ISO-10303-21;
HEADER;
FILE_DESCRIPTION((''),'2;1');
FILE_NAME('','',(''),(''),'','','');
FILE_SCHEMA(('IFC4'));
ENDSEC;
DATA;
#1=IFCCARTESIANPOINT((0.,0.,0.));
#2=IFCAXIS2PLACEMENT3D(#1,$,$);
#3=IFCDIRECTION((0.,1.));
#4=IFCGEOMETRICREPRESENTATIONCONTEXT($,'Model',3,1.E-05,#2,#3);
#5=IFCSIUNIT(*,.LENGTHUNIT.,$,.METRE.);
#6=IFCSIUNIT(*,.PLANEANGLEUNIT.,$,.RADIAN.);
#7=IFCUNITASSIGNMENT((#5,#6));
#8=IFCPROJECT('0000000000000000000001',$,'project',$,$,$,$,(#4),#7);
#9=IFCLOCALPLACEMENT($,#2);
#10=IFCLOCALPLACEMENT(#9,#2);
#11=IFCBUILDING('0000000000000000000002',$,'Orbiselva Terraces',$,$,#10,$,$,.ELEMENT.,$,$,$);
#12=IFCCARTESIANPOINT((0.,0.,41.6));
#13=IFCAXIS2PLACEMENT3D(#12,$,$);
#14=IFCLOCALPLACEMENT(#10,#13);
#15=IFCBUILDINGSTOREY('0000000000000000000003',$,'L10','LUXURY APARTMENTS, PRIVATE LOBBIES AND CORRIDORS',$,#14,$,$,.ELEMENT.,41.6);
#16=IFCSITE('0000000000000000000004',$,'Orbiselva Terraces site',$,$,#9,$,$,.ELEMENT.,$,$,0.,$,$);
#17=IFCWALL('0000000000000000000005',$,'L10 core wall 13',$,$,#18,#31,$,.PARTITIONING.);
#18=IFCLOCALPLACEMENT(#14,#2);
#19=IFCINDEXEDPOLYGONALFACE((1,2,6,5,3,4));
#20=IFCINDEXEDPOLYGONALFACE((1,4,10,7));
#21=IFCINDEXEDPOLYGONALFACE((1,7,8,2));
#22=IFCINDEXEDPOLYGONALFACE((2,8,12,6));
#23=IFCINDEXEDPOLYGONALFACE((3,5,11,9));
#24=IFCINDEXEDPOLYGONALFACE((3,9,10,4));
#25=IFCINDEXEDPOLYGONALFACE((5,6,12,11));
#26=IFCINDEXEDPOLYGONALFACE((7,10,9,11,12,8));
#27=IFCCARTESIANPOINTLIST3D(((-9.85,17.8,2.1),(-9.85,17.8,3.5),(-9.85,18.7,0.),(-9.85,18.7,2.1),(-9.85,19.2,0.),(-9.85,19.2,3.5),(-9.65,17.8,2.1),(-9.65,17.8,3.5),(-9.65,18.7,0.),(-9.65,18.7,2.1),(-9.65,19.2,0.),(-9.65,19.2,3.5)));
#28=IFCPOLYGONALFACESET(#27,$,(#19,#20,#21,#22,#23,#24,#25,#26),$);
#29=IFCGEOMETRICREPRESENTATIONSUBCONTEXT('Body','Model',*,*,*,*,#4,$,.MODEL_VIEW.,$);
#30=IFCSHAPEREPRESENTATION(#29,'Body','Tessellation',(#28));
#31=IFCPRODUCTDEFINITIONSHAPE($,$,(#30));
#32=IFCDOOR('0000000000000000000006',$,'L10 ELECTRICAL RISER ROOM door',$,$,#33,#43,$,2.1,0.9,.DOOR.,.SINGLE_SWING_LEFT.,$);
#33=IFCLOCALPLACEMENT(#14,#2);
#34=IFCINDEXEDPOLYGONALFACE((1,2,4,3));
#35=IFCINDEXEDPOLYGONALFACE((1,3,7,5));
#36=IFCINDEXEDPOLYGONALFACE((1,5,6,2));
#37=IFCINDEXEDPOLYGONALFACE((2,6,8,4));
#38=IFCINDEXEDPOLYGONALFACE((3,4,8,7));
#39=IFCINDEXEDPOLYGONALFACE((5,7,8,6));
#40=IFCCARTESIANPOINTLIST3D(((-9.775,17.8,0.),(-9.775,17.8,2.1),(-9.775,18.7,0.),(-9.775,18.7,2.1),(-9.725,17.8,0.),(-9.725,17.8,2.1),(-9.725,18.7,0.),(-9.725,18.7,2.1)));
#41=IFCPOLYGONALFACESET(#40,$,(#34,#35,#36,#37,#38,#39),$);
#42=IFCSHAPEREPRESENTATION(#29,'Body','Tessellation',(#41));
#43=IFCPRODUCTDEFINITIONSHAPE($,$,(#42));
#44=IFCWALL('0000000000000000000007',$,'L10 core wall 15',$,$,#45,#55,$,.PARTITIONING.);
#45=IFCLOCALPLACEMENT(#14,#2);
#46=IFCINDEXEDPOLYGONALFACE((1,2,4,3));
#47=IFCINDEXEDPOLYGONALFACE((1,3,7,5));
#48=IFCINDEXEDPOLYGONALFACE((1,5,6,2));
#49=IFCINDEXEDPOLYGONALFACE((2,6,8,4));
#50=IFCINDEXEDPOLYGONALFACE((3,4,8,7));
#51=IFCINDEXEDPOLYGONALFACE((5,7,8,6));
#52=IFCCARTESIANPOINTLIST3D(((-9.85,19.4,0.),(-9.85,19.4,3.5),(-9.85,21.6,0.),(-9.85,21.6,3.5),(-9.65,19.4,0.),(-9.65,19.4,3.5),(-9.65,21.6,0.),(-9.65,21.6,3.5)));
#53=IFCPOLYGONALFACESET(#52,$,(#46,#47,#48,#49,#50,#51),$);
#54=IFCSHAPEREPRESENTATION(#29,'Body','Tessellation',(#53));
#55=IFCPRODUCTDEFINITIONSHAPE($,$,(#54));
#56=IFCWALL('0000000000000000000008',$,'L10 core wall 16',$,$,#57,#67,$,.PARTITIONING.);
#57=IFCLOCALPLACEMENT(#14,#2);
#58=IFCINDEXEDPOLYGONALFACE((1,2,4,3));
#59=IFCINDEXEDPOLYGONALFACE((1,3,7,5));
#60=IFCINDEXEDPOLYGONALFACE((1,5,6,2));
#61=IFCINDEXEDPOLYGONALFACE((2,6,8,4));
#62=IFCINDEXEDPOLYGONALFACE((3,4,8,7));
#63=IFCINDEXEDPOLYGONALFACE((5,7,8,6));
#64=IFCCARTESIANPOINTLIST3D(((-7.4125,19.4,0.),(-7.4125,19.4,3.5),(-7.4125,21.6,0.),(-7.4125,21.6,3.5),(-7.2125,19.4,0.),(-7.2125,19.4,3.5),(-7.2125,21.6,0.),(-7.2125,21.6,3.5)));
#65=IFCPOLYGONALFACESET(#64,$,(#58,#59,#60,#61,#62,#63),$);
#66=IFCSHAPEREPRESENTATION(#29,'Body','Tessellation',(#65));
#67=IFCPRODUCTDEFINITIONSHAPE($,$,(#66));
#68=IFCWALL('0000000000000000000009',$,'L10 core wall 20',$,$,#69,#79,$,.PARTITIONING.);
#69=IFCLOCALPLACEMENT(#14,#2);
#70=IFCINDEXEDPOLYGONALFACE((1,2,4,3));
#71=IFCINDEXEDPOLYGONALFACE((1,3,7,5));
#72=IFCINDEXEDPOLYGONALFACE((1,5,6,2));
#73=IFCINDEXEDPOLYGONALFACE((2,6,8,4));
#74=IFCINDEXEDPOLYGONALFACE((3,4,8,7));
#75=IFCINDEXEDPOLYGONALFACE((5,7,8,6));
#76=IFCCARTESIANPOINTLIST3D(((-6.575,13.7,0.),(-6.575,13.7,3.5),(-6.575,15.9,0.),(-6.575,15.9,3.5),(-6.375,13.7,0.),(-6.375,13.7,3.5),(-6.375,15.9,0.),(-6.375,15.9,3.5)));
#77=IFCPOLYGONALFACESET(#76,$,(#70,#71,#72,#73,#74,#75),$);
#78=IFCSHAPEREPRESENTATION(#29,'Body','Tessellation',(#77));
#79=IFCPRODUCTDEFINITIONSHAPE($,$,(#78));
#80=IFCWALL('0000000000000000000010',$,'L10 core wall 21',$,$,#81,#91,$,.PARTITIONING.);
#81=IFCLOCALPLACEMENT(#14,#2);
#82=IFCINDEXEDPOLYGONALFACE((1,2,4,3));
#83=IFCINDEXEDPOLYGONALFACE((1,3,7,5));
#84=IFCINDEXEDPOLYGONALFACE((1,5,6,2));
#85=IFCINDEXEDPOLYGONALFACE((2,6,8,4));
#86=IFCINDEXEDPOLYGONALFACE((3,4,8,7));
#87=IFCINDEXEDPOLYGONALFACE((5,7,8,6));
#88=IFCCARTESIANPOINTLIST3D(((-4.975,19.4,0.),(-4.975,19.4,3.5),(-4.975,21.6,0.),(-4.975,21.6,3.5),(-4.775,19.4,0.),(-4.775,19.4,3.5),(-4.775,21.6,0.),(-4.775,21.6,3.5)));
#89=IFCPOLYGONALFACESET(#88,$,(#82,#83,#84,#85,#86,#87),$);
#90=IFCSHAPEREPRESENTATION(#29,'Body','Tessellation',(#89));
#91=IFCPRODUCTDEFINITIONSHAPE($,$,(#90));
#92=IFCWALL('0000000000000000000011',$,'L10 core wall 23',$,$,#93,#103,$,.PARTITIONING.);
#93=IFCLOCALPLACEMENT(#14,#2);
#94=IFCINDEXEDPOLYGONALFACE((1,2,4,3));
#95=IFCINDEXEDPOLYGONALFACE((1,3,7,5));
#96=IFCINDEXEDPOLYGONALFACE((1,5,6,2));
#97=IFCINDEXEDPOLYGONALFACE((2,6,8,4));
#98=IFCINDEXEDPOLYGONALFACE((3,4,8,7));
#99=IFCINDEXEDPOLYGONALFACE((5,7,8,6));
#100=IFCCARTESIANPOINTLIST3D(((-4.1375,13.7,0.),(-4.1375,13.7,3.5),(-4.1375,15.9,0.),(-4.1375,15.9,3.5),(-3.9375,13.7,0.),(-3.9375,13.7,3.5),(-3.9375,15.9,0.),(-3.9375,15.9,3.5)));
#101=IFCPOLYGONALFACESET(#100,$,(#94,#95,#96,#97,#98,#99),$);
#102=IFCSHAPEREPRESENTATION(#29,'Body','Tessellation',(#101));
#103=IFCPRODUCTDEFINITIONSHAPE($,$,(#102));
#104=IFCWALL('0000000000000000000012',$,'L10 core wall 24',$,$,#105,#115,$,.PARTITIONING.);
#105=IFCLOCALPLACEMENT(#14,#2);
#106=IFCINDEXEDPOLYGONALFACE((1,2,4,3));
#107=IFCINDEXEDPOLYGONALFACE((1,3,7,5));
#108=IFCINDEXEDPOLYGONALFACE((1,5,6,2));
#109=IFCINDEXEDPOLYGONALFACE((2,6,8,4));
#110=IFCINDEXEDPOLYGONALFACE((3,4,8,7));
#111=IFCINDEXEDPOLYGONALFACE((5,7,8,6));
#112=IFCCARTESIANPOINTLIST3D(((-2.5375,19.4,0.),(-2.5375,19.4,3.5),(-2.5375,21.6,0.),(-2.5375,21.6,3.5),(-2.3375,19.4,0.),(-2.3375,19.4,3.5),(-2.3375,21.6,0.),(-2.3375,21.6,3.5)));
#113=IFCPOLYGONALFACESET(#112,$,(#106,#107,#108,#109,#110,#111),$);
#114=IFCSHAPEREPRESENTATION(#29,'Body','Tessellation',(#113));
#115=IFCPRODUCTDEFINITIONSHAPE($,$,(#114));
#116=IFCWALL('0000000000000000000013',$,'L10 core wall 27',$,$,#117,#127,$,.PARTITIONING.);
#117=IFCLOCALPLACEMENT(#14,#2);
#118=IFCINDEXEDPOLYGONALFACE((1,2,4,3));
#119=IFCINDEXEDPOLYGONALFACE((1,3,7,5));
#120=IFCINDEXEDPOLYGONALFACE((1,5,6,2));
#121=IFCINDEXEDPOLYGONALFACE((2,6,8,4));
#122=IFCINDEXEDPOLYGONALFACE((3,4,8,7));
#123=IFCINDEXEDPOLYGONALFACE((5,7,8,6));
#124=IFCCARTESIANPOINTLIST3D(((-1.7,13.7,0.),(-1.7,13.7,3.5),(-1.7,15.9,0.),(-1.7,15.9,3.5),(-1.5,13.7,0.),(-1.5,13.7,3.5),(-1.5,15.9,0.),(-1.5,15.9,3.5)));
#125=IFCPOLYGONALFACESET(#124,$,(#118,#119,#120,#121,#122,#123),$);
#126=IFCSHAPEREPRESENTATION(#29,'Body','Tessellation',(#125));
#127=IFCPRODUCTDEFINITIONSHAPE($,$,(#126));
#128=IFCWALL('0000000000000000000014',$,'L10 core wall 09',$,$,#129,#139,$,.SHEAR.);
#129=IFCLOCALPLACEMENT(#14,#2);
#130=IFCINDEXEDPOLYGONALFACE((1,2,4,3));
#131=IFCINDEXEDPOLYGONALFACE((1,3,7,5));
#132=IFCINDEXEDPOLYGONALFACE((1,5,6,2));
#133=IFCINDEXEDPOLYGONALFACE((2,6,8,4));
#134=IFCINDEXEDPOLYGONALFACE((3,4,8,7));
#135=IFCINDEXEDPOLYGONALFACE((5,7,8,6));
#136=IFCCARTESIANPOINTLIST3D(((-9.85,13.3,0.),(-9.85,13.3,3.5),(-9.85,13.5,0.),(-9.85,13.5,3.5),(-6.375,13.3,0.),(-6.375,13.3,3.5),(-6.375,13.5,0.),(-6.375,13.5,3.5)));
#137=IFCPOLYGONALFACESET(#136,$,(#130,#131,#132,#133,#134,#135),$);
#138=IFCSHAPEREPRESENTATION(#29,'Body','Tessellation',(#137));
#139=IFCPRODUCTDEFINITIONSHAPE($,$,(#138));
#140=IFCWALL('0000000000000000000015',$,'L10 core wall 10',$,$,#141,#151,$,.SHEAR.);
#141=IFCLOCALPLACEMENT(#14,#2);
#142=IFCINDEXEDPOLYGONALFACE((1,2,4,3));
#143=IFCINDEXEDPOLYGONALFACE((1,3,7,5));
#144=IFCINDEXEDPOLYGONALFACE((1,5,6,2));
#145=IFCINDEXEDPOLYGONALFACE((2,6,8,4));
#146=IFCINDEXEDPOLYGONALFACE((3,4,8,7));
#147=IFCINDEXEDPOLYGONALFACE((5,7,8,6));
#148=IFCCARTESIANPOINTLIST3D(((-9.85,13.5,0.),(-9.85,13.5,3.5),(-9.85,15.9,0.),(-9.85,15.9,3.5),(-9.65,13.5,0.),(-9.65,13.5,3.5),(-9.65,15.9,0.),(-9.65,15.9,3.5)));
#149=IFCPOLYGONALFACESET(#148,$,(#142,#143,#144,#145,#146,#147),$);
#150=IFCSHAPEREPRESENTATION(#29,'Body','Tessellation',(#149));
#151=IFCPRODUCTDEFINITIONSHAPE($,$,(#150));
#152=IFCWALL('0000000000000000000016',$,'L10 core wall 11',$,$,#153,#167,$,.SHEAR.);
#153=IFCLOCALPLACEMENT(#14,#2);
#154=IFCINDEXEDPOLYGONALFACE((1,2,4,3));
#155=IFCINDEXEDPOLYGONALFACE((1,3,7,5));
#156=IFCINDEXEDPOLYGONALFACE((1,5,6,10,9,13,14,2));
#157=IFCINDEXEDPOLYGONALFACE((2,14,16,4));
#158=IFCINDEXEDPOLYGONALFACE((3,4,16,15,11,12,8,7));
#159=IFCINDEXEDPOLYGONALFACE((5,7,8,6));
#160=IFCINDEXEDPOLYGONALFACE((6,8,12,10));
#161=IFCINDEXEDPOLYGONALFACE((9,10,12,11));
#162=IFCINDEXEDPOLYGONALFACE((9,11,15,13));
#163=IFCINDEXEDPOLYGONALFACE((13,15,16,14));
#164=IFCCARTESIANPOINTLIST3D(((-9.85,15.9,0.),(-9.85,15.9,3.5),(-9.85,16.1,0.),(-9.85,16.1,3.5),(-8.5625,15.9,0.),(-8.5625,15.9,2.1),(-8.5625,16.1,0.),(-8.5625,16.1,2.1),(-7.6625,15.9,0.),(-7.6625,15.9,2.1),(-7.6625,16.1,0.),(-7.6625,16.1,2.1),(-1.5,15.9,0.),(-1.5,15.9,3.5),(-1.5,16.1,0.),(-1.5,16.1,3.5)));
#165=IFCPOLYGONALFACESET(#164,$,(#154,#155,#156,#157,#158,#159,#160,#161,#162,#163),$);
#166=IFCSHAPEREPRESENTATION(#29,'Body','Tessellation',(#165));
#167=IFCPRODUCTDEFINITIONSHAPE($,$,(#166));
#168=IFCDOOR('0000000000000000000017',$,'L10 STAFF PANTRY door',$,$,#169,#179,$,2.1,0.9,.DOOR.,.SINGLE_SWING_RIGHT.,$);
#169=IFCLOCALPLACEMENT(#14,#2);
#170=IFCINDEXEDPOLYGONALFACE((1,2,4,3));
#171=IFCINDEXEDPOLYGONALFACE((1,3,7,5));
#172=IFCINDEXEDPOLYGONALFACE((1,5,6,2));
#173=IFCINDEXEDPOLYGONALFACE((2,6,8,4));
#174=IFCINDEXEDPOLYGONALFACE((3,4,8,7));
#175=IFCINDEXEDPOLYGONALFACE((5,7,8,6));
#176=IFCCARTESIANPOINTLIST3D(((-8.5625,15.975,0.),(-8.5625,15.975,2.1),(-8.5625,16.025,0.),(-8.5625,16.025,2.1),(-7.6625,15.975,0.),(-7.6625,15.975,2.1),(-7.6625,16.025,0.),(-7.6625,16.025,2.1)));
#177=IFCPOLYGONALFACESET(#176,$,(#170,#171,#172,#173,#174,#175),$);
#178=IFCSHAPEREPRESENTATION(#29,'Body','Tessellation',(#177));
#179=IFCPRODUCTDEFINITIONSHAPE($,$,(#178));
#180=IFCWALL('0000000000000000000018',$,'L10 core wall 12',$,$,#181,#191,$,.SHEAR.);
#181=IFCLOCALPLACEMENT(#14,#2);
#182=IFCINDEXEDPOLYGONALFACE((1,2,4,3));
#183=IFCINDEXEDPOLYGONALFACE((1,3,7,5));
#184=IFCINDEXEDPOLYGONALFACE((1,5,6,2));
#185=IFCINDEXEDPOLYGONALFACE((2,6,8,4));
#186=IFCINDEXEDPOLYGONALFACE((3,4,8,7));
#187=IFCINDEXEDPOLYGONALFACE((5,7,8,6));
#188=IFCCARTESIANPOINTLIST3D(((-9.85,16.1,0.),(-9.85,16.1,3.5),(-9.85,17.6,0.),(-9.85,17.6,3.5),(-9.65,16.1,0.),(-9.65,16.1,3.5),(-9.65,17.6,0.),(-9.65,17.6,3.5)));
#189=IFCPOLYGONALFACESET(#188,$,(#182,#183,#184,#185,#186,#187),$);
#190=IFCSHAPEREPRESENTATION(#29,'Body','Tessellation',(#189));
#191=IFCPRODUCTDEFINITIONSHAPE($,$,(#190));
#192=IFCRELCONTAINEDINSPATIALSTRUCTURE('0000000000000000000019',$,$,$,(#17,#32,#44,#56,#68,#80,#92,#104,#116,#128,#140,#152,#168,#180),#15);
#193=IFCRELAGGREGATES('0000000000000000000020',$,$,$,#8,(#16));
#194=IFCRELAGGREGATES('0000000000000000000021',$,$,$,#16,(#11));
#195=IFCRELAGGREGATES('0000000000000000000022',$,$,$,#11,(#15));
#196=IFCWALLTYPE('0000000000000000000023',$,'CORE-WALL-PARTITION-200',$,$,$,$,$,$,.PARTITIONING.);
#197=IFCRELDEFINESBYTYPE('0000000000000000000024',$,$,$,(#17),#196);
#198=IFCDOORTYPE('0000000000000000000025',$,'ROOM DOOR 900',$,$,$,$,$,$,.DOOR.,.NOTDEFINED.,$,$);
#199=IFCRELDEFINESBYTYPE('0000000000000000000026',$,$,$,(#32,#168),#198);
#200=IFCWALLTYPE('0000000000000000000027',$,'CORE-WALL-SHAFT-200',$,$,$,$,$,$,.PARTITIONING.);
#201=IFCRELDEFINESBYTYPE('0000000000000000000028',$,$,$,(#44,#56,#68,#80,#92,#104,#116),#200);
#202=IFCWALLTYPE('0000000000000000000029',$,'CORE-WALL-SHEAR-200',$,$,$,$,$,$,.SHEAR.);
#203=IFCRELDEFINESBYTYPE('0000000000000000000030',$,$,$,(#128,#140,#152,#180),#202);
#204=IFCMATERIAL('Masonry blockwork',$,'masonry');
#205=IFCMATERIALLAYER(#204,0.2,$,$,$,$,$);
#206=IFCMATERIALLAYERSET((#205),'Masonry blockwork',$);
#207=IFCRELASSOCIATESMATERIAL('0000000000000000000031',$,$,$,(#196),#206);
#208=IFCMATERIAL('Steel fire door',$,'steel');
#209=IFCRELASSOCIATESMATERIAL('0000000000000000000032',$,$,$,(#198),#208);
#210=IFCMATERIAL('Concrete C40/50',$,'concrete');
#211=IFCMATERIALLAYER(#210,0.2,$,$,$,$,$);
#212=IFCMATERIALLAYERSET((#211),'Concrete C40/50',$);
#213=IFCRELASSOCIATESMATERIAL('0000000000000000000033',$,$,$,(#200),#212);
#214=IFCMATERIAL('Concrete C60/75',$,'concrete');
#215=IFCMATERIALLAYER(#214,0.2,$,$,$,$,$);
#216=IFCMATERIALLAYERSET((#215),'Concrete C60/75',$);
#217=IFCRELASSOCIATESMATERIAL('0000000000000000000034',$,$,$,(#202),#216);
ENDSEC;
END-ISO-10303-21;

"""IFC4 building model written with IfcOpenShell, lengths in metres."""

from ifc_helpers import new_model, si_unit, direction, frame, frame_2d, origin, place, context, subcontext, project, spatial, rectangle, extrude, material, layer, layer_set, type_object, element, fill, save


model = new_model("IFC4")

# Units and contexts
model_context = context("Model", 3, precision=1e-05, world=origin(), true_north=direction((0.0, 1.0)))
body_context = subcontext(model_context, "Body", "Model", "MODEL_VIEW")
ifc_project = project(units=[si_unit("LENGTHUNIT", "METRE"), si_unit("PLANEANGLEUNIT", "RADIAN")], contexts=[model_context])

# Site, building, storey
site_placement = place(None, origin())
site = spatial("IfcSite", under=ifc_project, at=site_placement, Name="Orbiselva Terraces site", CompositionType="ELEMENT", RefElevation=0.0)
building_placement = place(site_placement, origin())
building = spatial("IfcBuilding", under=site, at=building_placement, Name="Orbiselva Terraces", CompositionType="ELEMENT")
storey_placement = place(building_placement, frame((0.0, 0.0, 41.6)))
storey = spatial("IfcBuildingStorey", under=building, at=storey_placement, Name="L10", Description="LUXURY APARTMENTS, PRIVATE LOBBIES AND CORRIDORS", CompositionType="ELEMENT", Elevation=41.6)

# Wall, opening, door
ifc_material_1 = material(Name="Masonry blockwork", Category="masonry")
ifc_layer_1 = layer(ifc_material_1, 0.2)
ifc_layer_set_1 = layer_set([ifc_layer_1], Name="Masonry blockwork")
wall_type_1 = type_object("IfcWallType", Name="CORE-WALL-PARTITION-200", PredefinedType="PARTITIONING", material=ifc_layer_set_1)
wall_1_placement = place(storey_placement, frame((-9.75, 17.8, 0.0), z_axis=(0.0, 0.0, 1.0), x_axis=(0.0, 1.0, 0.0)))
wall_1 = element("IfcWall", 1, at=wall_1_placement, inside=storey, type_object=wall_type_1, Name="L10 core wall 13", PredefinedType="PARTITIONING", context=body_context, shape_type="SweptSolid", body=[
    extrude(rectangle(XDim=1.4, YDim=0.2, at=frame_2d((0.7, 0.0))), origin(), (0.0, 0.0, 1.0), 3.5),
])
opening_1_placement = place(wall_1_placement, origin())
opening_1 = element("IfcOpeningElement", 2, at=opening_1_placement, cuts=wall_1, PredefinedType="OPENING", context=body_context, shape_type="SweptSolid", body=[
    extrude(rectangle(XDim=0.9, YDim=2.1, at=frame_2d((0.45, 1.05))), frame((0.0, 0.11, 0.0), z_axis=(0.0, -1.0, 0.0), x_axis=(1.0, 0.0, 0.0)), (0.0, 0.0, 1.0), 0.22),
])
ifc_material_2 = material(Name="Steel fire door", Category="steel")
door_type_1 = type_object("IfcDoorType", Name="ROOM DOOR 900", OperationType="NOTDEFINED", PredefinedType="DOOR", material=ifc_material_2)
door_1_placement = place(opening_1_placement, origin())
door_1 = element("IfcDoor", 3, at=door_1_placement, inside=storey, type_object=door_type_1, Name="L10 ELECTRICAL RISER ROOM door", OperationType="SINGLE_SWING_LEFT", OverallHeight=2.1, OverallWidth=0.9, PredefinedType="DOOR", context=body_context, shape_type="SweptSolid", body=[
    extrude(rectangle(XDim=0.9, YDim=2.1, at=frame_2d((0.45, 1.05))), frame((0.0, 0.025, 0.0), z_axis=(0.0, -1.0, 0.0), x_axis=(1.0, 0.0, 0.0)), (0.0, 0.0, 1.0), 0.05),
])
fill(opening_1, door_1)

# Walls
ifc_material_3 = material(Name="Concrete C40/50", Category="concrete")
ifc_layer_2 = layer(ifc_material_3, 0.2)
ifc_layer_set_2 = layer_set([ifc_layer_2], Name="Concrete C40/50")
wall_type_2 = type_object("IfcWallType", Name="CORE-WALL-SHAFT-200", PredefinedType="PARTITIONING", material=ifc_layer_set_2)
for number, where, z_axis, x_axis, name in (
    (4, (-9.75, 19.4, 0.0), (0.0, 0.0, 1.0), (0.0, 1.0, 0.0), "L10 core wall 15"),
    (5, (-7.3125, 19.4, 0.0), (0.0, 0.0, 1.0), (0.0, 1.0, 0.0), "L10 core wall 16"),
    (6, (-6.475, 13.7, 0.0), (0.0, 0.0, 1.0), (0.0, 1.0, 0.0), "L10 core wall 20"),
    (7, (-4.875, 19.4, 0.0), (0.0, 0.0, 1.0), (0.0, 1.0, 0.0), "L10 core wall 21"),
    (8, (-4.0375, 13.7, 0.0), (0.0, 0.0, 1.0), (0.0, 1.0, 0.0), "L10 core wall 23"),
    (9, (-2.4375, 19.4, 0.0), (0.0, 0.0, 1.0), (0.0, 1.0, 0.0), "L10 core wall 24"),
    (10, (-1.6, 13.7, 0.0), (0.0, 0.0, 1.0), (0.0, 1.0, 0.0), "L10 core wall 27"),
):
    element("IfcWall", number, at=place(storey_placement, frame(where, z_axis=z_axis, x_axis=x_axis)), inside=storey, type_object=wall_type_2, Name=name, PredefinedType="PARTITIONING", context=body_context, shape_type="SweptSolid", body=[
        extrude(rectangle(XDim=2.2, YDim=0.2, at=frame_2d((1.1, 0.0))), origin(), (0.0, 0.0, 1.0), 3.5),
    ])
ifc_material_4 = material(Name="Concrete C60/75", Category="concrete")
ifc_layer_3 = layer(ifc_material_4, 0.2)
ifc_layer_set_3 = layer_set([ifc_layer_3], Name="Concrete C60/75")
wall_type_3 = type_object("IfcWallType", Name="CORE-WALL-SHEAR-200", PredefinedType="SHEAR", material=ifc_layer_set_3)
wall_2_placement = place(storey_placement, frame((-9.85, 13.4, 0.0), z_axis=(0.0, 0.0, 1.0), x_axis=(1.0, 0.0, 0.0)))
element("IfcWall", 11, at=wall_2_placement, inside=storey, type_object=wall_type_3, Name="L10 core wall 09", PredefinedType="SHEAR", context=body_context, shape_type="SweptSolid", body=[
    extrude(rectangle(XDim=3.475, YDim=0.2, at=frame_2d((1.7375, 0.0))), origin(), (0.0, 0.0, 1.0), 3.5),
])
wall_3_placement = place(storey_placement, frame((-9.75, 13.5, 0.0), z_axis=(0.0, 0.0, 1.0), x_axis=(0.0, 1.0, 0.0)))
element("IfcWall", 12, at=wall_3_placement, inside=storey, type_object=wall_type_3, Name="L10 core wall 10", PredefinedType="SHEAR", context=body_context, shape_type="SweptSolid", body=[
    extrude(rectangle(XDim=2.4, YDim=0.2, at=frame_2d((1.2, 0.0))), origin(), (0.0, 0.0, 1.0), 3.5),
])

# Wall, opening, door
wall_4_placement = place(storey_placement, frame((-1.5, 16.0, 0.0), z_axis=(0.0, 0.0, 1.0), x_axis=(-1.0, 0.0, 0.0)))
wall_4 = element("IfcWall", 13, at=wall_4_placement, inside=storey, type_object=wall_type_3, Name="L10 core wall 11", PredefinedType="SHEAR", context=body_context, shape_type="SweptSolid", body=[
    extrude(rectangle(XDim=8.35, YDim=0.2, at=frame_2d((4.175, 0.0))), origin(), (0.0, 0.0, 1.0), 3.5),
])
opening_2_placement = place(wall_4_placement, frame((6.1625, 0.0, 0.0)))
opening_2 = element("IfcOpeningElement", 14, at=opening_2_placement, cuts=wall_4, PredefinedType="OPENING", context=body_context, shape_type="SweptSolid", body=[
    extrude(rectangle(XDim=0.9, YDim=2.1, at=frame_2d((0.45, 1.05))), frame((0.0, 0.11, 0.0), z_axis=(0.0, -1.0, 0.0), x_axis=(1.0, 0.0, 0.0)), (0.0, 0.0, 1.0), 0.22),
])
door_2_placement = place(opening_2_placement, origin())
door_2 = element("IfcDoor", 15, at=door_2_placement, inside=storey, type_object=door_type_1, Name="L10 STAFF PANTRY door", OperationType="SINGLE_SWING_RIGHT", OverallHeight=2.1, OverallWidth=0.9, PredefinedType="DOOR", context=body_context, shape_type="SweptSolid", body=[
    extrude(rectangle(XDim=0.9, YDim=2.1, at=frame_2d((0.45, 1.05))), frame((0.0, 0.025, 0.0), z_axis=(0.0, -1.0, 0.0), x_axis=(1.0, 0.0, 0.0)), (0.0, 0.0, 1.0), 0.05),
])
fill(opening_2, door_2)

# Wall
wall_5_placement = place(storey_placement, frame((-9.75, 16.1, 0.0), z_axis=(0.0, 0.0, 1.0), x_axis=(0.0, 1.0, 0.0)))
element("IfcWall", 16, at=wall_5_placement, inside=storey, type_object=wall_type_3, Name="L10 core wall 12", PredefinedType="SHEAR", context=body_context, shape_type="SweptSolid", body=[
    extrude(rectangle(XDim=1.5, YDim=0.2, at=frame_2d((0.75, 0.0))), origin(), (0.0, 0.0, 1.0), 3.5),
])

save(model, "model.ifc")
